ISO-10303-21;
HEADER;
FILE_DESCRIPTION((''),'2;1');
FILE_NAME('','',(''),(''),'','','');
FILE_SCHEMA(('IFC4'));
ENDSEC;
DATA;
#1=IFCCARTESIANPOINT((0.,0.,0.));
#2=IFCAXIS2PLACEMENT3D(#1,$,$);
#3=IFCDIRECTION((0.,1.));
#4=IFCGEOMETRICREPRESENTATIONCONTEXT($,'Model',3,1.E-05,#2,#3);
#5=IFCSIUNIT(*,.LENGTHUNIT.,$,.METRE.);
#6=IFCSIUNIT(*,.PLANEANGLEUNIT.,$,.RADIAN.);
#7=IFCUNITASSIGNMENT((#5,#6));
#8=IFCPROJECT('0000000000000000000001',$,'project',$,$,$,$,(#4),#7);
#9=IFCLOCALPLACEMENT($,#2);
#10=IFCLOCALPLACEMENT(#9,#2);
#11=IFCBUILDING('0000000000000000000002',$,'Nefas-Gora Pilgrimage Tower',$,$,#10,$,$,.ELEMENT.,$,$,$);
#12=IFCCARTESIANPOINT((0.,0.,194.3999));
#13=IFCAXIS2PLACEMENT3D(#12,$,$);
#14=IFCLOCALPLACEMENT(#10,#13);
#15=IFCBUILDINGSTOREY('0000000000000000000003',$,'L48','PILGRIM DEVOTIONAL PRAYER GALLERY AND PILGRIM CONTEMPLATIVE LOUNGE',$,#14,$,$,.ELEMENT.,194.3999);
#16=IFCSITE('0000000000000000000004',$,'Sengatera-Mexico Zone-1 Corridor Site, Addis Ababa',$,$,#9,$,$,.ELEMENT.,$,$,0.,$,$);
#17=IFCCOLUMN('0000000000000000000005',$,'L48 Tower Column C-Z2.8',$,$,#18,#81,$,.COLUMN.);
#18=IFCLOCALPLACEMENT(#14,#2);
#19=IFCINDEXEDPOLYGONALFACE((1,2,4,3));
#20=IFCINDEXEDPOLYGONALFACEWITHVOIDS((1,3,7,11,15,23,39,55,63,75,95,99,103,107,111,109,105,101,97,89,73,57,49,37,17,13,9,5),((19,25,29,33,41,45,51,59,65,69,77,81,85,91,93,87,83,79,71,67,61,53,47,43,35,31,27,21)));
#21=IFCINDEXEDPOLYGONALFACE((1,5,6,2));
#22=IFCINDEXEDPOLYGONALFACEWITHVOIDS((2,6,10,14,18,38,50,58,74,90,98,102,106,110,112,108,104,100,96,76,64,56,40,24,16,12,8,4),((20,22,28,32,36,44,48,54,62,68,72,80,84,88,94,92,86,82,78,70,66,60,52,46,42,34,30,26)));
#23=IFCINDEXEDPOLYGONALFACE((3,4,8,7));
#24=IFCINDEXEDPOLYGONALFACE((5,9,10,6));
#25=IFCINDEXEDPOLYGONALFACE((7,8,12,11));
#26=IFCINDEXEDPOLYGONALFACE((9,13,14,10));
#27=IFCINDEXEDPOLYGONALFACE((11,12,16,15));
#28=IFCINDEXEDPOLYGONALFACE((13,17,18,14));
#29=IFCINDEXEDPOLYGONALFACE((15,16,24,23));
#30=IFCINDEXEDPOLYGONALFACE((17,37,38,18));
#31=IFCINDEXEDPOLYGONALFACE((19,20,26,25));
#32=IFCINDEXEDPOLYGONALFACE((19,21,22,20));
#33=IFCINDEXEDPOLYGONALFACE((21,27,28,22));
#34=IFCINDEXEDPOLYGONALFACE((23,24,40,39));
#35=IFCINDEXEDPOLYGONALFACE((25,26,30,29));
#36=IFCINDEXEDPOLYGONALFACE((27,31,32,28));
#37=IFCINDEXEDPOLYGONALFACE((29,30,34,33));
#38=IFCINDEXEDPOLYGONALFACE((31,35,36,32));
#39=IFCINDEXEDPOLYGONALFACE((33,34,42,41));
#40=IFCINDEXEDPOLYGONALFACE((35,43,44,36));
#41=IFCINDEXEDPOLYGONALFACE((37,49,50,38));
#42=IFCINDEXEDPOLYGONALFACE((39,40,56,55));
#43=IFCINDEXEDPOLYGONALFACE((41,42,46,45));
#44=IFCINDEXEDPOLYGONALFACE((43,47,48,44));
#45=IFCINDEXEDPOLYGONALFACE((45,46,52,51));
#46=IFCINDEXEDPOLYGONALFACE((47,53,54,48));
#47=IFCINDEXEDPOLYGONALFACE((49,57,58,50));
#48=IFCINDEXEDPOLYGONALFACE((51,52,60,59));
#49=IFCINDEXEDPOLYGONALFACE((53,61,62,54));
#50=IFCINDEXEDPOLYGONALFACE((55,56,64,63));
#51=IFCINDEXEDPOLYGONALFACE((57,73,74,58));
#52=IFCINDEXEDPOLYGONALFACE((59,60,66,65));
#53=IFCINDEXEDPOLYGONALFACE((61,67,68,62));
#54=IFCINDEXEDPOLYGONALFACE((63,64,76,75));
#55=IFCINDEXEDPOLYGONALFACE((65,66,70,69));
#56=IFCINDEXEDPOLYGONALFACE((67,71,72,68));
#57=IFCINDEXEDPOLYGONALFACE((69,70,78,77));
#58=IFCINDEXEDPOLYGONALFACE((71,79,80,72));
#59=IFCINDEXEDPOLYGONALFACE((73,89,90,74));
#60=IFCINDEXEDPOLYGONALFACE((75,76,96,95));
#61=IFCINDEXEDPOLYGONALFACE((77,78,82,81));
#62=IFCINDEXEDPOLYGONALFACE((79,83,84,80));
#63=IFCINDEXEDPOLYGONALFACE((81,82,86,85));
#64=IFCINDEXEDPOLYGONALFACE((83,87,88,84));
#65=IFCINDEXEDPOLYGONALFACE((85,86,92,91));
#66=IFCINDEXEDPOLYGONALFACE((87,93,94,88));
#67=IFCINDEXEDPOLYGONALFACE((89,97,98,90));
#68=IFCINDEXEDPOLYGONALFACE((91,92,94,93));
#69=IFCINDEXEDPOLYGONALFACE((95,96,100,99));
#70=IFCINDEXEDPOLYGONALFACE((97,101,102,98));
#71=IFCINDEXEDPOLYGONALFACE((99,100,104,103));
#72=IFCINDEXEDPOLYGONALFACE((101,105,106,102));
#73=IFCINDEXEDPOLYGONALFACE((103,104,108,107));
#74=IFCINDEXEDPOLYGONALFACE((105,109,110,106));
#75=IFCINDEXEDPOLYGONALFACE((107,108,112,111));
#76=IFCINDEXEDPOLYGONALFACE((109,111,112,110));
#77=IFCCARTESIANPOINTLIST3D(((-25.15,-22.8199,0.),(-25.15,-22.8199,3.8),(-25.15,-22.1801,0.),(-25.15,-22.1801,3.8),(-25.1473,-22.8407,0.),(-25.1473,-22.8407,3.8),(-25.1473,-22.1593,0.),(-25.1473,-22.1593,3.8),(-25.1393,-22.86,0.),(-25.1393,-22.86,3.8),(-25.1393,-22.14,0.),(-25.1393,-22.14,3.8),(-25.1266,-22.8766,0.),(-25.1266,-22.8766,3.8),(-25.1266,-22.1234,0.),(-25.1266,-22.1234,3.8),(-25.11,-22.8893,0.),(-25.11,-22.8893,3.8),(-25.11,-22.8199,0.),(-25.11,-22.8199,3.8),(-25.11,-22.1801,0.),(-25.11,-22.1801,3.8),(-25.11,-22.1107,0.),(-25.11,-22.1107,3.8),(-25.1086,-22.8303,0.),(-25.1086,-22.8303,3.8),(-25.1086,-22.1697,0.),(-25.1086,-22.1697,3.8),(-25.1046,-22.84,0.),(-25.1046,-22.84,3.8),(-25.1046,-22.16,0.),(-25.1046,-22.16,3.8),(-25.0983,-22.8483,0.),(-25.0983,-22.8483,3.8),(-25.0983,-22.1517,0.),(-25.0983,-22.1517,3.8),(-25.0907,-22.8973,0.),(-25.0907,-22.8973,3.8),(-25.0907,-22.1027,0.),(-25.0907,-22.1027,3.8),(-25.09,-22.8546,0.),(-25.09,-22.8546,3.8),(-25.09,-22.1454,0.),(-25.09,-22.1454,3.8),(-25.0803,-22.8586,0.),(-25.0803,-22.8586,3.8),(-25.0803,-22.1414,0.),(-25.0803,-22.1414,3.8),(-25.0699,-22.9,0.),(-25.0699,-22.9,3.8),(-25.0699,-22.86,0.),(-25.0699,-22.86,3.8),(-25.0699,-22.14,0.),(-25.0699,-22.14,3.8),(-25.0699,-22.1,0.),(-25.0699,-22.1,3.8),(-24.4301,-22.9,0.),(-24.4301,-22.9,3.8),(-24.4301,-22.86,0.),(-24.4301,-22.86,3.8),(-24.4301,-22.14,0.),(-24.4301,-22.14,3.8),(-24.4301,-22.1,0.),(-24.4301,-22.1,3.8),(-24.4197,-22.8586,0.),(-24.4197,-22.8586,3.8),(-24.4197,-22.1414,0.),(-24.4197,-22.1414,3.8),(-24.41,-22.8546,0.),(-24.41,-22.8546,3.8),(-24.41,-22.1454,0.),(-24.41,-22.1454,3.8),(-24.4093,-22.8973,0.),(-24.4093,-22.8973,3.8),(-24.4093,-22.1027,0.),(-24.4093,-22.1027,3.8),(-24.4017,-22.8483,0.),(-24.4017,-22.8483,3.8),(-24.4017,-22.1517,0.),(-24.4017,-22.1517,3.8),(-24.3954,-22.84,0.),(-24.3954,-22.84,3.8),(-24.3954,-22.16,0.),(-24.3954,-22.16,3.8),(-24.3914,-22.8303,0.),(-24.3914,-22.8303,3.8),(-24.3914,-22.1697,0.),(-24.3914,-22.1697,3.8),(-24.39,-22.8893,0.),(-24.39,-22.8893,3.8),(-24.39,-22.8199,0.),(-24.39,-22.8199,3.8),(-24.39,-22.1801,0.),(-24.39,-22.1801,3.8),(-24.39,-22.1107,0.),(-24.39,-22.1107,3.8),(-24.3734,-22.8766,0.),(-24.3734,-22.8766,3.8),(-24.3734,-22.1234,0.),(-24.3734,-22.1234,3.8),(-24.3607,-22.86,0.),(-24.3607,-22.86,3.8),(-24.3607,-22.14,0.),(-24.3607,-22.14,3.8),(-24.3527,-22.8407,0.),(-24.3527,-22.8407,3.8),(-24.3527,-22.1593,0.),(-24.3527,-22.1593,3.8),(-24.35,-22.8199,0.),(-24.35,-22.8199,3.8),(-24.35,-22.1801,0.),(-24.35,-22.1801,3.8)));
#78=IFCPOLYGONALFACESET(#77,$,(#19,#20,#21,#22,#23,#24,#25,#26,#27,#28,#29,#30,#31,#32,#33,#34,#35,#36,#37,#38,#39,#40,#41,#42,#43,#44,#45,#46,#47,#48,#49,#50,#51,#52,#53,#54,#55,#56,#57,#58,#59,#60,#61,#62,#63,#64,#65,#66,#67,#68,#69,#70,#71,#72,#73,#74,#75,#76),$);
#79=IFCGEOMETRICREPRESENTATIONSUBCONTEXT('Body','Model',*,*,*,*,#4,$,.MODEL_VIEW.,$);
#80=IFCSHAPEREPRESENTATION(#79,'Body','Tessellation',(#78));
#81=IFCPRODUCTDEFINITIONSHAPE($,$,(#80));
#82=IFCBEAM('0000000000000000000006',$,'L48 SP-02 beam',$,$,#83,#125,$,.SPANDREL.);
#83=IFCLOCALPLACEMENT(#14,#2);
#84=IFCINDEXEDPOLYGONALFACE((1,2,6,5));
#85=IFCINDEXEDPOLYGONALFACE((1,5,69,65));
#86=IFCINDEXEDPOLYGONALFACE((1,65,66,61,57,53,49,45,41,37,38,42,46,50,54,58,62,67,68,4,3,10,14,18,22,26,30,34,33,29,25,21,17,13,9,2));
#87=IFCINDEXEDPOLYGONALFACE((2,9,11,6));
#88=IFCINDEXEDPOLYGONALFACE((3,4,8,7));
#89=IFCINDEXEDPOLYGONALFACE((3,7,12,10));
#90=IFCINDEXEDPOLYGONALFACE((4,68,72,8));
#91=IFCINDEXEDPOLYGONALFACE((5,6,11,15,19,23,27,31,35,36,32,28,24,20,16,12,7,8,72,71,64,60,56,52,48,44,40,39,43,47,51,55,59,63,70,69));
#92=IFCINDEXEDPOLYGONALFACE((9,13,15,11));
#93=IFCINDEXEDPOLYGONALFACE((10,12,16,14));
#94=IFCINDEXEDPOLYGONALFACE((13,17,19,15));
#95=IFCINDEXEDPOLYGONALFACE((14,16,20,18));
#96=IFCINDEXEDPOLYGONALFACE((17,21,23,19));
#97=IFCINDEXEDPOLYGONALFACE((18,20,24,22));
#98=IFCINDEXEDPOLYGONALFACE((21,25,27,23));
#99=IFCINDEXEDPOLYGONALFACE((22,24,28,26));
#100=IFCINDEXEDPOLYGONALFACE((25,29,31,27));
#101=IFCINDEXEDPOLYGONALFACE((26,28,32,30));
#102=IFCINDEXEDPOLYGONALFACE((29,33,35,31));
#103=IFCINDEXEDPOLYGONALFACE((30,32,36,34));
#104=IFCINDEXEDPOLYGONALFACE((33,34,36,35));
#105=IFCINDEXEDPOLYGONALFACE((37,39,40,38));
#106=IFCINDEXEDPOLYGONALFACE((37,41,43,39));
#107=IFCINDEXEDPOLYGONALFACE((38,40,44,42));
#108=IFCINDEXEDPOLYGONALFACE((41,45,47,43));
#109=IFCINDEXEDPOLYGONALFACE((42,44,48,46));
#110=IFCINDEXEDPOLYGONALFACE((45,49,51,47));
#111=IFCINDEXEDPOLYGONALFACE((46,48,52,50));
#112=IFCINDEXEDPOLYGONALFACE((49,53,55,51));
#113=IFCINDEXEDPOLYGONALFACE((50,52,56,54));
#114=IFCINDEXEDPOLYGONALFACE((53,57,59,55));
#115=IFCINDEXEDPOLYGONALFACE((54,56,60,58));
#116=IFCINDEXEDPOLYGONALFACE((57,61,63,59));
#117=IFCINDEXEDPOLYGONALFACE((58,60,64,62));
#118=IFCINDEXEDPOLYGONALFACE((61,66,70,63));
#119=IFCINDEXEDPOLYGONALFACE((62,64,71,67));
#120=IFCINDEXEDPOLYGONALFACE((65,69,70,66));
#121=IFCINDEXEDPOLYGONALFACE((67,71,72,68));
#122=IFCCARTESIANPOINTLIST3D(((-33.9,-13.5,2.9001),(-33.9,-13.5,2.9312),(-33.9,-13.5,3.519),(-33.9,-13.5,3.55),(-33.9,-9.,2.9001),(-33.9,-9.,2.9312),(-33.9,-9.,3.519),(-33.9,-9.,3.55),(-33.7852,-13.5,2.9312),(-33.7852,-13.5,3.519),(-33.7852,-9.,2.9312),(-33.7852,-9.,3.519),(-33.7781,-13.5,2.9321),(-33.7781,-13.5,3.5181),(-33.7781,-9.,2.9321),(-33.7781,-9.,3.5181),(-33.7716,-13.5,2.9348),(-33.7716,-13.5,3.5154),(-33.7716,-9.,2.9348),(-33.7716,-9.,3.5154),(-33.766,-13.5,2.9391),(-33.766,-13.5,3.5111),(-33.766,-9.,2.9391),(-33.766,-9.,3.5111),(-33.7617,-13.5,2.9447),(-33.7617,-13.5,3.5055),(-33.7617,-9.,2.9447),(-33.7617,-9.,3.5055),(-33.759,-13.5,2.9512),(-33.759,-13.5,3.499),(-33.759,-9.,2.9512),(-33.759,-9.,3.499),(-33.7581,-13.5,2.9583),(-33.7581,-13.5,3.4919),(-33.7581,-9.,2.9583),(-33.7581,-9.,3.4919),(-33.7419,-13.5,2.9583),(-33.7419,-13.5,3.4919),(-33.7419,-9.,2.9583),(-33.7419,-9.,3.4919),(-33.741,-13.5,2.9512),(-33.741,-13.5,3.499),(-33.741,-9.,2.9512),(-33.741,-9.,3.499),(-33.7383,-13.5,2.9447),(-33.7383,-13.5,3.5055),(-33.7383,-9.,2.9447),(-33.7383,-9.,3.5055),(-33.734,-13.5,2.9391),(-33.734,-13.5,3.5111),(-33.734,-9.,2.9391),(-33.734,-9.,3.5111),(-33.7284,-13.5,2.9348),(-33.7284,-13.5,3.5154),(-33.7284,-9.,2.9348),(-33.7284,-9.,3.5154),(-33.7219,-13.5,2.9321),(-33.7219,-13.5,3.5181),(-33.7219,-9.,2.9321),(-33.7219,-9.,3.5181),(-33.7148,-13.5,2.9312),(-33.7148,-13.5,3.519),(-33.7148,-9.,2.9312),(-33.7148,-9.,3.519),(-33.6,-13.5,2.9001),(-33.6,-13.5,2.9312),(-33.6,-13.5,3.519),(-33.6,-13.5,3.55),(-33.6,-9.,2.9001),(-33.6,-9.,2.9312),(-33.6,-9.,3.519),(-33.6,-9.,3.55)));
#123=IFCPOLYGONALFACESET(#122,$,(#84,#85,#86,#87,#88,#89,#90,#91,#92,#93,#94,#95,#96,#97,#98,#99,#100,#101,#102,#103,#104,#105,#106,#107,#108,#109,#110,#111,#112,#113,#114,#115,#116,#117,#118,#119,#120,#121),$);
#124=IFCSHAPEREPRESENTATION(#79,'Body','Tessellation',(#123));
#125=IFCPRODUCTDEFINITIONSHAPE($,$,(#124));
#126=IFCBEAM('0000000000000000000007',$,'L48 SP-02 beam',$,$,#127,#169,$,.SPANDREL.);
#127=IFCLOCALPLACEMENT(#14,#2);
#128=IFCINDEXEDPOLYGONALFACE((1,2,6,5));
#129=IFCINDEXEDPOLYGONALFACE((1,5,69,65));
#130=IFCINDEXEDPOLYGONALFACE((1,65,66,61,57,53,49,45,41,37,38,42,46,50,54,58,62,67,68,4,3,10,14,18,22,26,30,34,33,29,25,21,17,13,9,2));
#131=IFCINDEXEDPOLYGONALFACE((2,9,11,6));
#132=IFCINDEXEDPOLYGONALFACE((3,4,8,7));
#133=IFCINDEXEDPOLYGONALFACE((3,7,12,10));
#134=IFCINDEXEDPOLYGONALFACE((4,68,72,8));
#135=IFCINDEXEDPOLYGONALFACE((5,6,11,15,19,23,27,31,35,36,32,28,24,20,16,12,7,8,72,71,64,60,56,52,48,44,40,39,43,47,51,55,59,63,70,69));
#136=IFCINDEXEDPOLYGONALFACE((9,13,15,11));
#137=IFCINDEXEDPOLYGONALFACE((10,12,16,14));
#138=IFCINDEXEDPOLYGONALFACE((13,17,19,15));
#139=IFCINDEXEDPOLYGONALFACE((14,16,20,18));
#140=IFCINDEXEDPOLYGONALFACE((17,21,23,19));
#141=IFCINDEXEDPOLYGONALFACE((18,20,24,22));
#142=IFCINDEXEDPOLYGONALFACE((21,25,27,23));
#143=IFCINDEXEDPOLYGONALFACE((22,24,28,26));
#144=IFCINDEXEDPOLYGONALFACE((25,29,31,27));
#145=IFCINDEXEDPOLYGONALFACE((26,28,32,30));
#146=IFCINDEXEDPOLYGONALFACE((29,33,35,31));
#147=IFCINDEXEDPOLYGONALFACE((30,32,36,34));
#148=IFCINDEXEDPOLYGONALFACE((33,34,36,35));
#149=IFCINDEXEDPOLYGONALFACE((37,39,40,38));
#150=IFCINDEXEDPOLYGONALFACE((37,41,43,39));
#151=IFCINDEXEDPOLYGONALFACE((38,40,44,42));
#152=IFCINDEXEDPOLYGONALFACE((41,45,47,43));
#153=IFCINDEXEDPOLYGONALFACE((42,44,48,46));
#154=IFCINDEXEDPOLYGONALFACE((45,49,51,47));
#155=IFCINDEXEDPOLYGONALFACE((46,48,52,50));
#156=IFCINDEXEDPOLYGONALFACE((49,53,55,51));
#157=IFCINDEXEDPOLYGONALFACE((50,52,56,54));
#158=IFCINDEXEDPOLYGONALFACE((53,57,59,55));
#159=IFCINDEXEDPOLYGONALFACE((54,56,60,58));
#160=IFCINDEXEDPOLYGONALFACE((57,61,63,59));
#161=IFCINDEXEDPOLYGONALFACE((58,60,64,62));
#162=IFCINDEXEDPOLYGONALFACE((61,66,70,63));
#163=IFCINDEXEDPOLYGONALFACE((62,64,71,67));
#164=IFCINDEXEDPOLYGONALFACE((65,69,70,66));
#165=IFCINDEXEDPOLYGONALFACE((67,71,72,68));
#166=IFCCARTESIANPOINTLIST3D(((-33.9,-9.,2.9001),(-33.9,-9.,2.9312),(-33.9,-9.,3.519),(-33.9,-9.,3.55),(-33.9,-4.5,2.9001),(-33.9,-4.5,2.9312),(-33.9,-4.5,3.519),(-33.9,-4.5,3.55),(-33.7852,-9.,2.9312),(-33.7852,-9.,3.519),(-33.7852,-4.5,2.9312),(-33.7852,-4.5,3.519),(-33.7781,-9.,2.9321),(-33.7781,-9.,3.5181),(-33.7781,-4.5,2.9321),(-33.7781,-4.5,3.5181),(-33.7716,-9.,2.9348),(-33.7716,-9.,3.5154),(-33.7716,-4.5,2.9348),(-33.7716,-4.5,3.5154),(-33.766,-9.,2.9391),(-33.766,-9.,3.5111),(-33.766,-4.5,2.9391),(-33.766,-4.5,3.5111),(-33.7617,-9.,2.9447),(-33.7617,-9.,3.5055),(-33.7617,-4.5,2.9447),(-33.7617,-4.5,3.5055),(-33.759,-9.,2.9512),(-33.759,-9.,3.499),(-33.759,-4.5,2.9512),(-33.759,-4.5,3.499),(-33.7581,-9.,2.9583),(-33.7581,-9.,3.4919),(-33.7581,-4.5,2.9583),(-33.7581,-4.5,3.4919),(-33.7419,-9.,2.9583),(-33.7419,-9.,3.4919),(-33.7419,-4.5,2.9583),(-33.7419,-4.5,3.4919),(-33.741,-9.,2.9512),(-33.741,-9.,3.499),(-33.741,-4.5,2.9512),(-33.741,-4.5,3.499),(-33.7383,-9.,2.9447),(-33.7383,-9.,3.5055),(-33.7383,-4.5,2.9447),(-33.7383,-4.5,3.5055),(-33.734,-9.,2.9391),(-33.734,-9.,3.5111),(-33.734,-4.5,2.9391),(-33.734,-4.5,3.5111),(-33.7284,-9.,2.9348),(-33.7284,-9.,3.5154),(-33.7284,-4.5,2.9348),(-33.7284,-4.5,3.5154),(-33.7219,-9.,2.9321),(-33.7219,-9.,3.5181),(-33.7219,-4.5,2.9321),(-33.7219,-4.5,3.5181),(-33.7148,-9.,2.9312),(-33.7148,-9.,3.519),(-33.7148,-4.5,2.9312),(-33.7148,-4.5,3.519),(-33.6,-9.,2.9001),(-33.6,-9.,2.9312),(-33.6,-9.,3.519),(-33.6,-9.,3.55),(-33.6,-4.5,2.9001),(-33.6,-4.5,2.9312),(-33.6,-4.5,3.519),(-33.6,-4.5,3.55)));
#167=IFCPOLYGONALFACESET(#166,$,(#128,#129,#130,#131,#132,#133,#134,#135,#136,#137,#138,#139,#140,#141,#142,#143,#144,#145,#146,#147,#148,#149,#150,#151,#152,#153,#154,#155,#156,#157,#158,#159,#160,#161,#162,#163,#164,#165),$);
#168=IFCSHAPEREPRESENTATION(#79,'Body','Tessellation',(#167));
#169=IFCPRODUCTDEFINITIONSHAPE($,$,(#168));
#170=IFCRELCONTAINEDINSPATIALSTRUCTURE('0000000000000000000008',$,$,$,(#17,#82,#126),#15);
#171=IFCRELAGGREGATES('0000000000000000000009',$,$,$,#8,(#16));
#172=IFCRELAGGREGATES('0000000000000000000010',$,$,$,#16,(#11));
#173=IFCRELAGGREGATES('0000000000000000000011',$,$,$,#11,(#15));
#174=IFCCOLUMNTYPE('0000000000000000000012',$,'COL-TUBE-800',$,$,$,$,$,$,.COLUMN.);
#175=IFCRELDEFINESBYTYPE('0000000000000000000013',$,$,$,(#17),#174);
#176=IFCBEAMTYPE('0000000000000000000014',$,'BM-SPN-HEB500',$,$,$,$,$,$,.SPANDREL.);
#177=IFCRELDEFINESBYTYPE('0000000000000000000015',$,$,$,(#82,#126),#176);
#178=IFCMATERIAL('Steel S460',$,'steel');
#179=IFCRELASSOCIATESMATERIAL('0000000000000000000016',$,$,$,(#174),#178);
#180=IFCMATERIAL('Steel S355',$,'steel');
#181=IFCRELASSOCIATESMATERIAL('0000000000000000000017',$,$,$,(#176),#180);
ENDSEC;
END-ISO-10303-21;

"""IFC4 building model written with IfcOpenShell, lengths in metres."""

from ifc_helpers import new_model, si_unit, direction, frame, origin, origin_2d, place, context, subcontext, project, spatial, hollow_rectangle, i_section, extrude, source, transform, mapped, material, material_profile, profile_set, type_object, element, save


model = new_model("IFC4")

# Units and contexts
model_context = context("Model", 3, precision=1e-05, world=origin(), true_north=direction((0.0, 1.0)))
body_context = subcontext(model_context, "Body", "Model", "MODEL_VIEW")
ifc_project = project(units=[si_unit("LENGTHUNIT", "METRE"), si_unit("PLANEANGLEUNIT", "RADIAN")], contexts=[model_context])

# Site, building, storey
site_placement = place(None, origin())
site = spatial("IfcSite", under=ifc_project, at=site_placement, Name="Sengatera-Mexico Zone-1 Corridor Site, Addis Ababa", CompositionType="ELEMENT", RefElevation=0.0)
building_placement = place(site_placement, origin())
building = spatial("IfcBuilding", under=site, at=building_placement, Name="Nefas-Gora Pilgrimage Tower", CompositionType="ELEMENT")
storey_placement = place(building_placement, frame((0.0, 0.0, 194.3999)))
storey = spatial("IfcBuildingStorey", under=building, at=storey_placement, Name="L48", Description="PILGRIM DEVOTIONAL PRAYER GALLERY AND PILGRIM CONTEMPLATIVE LOUNGE", CompositionType="ELEMENT", Elevation=194.3999)

# Column
ifc_material_1 = material(Name="Steel S460", Category="steel")
ifc_material_profile_1 = material_profile(ifc_material_1, hollow_rectangle(XDim=0.8, YDim=0.8, WallThickness=0.04, InnerFilletRadius=0.04, OuterFilletRadius=0.0801, at=origin_2d()), Name="BOX 800x800x40")
ifc_profile_set_1 = profile_set([ifc_material_profile_1], Name="Steel S460")
column_type = type_object("IfcColumnType", Name="COL-TUBE-800", PredefinedType="COLUMN", material=ifc_profile_set_1)
shared_shape_1 = source(origin(), body_context, "Body", "SweptSolid", [
    extrude(hollow_rectangle(XDim=0.8, YDim=0.8, WallThickness=0.04, InnerFilletRadius=0.04, OuterFilletRadius=0.0801, at=origin_2d()), origin(), (0.0, 0.0, 1.0), 3.8),
])
for number, where, z_axis, x_axis, name in (
    (1, (-24.75, -22.5, 0.0), (0.0, 0.0, 1.0), (1.0, 0.0, 0.0), "L48 Tower Column C-Z2.8"),
):
    element("IfcColumn", number, at=place(storey_placement, frame(where, z_axis=z_axis, x_axis=x_axis)), inside=storey, type_object=column_type, Name=name, PredefinedType="COLUMN", context=body_context, shape_type="MappedRepresentation", body=[
        mapped(shared_shape_1, transform((0.0, 0.0, 0.0), x_axis=(1.0, 0.0, 0.0), y_axis=(0.0, 1.0, 0.0), z_axis=(0.0, 0.0, 1.0), scale=1.0)),
    ])

# Beams
ifc_material_2 = material(Name="Steel S355", Category="steel")
ifc_material_profile_2 = material_profile(ifc_material_2, i_section(OverallWidth=0.3, OverallDepth=0.6499, WebThickness=0.0161, FlangeThickness=0.031, FilletRadius=0.0271, at=origin_2d()), Name="HEB 650")
ifc_profile_set_2 = profile_set([ifc_material_profile_2], Name="Steel S355")
beam_type_1 = type_object("IfcBeamType", Name="BM-SPN-HEB500", PredefinedType="SPANDREL", material=ifc_profile_set_2)
shared_shape_2 = source(origin(), body_context, "Body", "SweptSolid", [
    extrude(i_section(OverallWidth=0.3, OverallDepth=0.6499, WebThickness=0.0161, FlangeThickness=0.031, FilletRadius=0.0271, at=origin_2d()), origin(), (0.0, 0.0, 1.0), 4.5),
])
for number, where, z_axis, x_axis, name in (
    (2, (-33.75, -13.5, 3.2251), (0.0, 1.0, 0.0), (-1.0, 0.0, 0.0), "L48 SP-02 beam"),
    (3, (-33.75, -9.0, 3.2251), (0.0, 1.0, 0.0), (-1.0, 0.0, 0.0), "L48 SP-02 beam"),
):
    element("IfcBeam", number, at=place(storey_placement, frame(where, z_axis=z_axis, x_axis=x_axis)), inside=storey, type_object=beam_type_1, Name=name, PredefinedType="SPANDREL", context=body_context, shape_type="MappedRepresentation", body=[
        mapped(shared_shape_2, transform((0.0, 0.0, 0.0), x_axis=(1.0, 0.0, 0.0), y_axis=(0.0, 1.0, 0.0), z_axis=(0.0, 0.0, 1.0), scale=1.0)),
    ])

save(model, "model.ifc")
